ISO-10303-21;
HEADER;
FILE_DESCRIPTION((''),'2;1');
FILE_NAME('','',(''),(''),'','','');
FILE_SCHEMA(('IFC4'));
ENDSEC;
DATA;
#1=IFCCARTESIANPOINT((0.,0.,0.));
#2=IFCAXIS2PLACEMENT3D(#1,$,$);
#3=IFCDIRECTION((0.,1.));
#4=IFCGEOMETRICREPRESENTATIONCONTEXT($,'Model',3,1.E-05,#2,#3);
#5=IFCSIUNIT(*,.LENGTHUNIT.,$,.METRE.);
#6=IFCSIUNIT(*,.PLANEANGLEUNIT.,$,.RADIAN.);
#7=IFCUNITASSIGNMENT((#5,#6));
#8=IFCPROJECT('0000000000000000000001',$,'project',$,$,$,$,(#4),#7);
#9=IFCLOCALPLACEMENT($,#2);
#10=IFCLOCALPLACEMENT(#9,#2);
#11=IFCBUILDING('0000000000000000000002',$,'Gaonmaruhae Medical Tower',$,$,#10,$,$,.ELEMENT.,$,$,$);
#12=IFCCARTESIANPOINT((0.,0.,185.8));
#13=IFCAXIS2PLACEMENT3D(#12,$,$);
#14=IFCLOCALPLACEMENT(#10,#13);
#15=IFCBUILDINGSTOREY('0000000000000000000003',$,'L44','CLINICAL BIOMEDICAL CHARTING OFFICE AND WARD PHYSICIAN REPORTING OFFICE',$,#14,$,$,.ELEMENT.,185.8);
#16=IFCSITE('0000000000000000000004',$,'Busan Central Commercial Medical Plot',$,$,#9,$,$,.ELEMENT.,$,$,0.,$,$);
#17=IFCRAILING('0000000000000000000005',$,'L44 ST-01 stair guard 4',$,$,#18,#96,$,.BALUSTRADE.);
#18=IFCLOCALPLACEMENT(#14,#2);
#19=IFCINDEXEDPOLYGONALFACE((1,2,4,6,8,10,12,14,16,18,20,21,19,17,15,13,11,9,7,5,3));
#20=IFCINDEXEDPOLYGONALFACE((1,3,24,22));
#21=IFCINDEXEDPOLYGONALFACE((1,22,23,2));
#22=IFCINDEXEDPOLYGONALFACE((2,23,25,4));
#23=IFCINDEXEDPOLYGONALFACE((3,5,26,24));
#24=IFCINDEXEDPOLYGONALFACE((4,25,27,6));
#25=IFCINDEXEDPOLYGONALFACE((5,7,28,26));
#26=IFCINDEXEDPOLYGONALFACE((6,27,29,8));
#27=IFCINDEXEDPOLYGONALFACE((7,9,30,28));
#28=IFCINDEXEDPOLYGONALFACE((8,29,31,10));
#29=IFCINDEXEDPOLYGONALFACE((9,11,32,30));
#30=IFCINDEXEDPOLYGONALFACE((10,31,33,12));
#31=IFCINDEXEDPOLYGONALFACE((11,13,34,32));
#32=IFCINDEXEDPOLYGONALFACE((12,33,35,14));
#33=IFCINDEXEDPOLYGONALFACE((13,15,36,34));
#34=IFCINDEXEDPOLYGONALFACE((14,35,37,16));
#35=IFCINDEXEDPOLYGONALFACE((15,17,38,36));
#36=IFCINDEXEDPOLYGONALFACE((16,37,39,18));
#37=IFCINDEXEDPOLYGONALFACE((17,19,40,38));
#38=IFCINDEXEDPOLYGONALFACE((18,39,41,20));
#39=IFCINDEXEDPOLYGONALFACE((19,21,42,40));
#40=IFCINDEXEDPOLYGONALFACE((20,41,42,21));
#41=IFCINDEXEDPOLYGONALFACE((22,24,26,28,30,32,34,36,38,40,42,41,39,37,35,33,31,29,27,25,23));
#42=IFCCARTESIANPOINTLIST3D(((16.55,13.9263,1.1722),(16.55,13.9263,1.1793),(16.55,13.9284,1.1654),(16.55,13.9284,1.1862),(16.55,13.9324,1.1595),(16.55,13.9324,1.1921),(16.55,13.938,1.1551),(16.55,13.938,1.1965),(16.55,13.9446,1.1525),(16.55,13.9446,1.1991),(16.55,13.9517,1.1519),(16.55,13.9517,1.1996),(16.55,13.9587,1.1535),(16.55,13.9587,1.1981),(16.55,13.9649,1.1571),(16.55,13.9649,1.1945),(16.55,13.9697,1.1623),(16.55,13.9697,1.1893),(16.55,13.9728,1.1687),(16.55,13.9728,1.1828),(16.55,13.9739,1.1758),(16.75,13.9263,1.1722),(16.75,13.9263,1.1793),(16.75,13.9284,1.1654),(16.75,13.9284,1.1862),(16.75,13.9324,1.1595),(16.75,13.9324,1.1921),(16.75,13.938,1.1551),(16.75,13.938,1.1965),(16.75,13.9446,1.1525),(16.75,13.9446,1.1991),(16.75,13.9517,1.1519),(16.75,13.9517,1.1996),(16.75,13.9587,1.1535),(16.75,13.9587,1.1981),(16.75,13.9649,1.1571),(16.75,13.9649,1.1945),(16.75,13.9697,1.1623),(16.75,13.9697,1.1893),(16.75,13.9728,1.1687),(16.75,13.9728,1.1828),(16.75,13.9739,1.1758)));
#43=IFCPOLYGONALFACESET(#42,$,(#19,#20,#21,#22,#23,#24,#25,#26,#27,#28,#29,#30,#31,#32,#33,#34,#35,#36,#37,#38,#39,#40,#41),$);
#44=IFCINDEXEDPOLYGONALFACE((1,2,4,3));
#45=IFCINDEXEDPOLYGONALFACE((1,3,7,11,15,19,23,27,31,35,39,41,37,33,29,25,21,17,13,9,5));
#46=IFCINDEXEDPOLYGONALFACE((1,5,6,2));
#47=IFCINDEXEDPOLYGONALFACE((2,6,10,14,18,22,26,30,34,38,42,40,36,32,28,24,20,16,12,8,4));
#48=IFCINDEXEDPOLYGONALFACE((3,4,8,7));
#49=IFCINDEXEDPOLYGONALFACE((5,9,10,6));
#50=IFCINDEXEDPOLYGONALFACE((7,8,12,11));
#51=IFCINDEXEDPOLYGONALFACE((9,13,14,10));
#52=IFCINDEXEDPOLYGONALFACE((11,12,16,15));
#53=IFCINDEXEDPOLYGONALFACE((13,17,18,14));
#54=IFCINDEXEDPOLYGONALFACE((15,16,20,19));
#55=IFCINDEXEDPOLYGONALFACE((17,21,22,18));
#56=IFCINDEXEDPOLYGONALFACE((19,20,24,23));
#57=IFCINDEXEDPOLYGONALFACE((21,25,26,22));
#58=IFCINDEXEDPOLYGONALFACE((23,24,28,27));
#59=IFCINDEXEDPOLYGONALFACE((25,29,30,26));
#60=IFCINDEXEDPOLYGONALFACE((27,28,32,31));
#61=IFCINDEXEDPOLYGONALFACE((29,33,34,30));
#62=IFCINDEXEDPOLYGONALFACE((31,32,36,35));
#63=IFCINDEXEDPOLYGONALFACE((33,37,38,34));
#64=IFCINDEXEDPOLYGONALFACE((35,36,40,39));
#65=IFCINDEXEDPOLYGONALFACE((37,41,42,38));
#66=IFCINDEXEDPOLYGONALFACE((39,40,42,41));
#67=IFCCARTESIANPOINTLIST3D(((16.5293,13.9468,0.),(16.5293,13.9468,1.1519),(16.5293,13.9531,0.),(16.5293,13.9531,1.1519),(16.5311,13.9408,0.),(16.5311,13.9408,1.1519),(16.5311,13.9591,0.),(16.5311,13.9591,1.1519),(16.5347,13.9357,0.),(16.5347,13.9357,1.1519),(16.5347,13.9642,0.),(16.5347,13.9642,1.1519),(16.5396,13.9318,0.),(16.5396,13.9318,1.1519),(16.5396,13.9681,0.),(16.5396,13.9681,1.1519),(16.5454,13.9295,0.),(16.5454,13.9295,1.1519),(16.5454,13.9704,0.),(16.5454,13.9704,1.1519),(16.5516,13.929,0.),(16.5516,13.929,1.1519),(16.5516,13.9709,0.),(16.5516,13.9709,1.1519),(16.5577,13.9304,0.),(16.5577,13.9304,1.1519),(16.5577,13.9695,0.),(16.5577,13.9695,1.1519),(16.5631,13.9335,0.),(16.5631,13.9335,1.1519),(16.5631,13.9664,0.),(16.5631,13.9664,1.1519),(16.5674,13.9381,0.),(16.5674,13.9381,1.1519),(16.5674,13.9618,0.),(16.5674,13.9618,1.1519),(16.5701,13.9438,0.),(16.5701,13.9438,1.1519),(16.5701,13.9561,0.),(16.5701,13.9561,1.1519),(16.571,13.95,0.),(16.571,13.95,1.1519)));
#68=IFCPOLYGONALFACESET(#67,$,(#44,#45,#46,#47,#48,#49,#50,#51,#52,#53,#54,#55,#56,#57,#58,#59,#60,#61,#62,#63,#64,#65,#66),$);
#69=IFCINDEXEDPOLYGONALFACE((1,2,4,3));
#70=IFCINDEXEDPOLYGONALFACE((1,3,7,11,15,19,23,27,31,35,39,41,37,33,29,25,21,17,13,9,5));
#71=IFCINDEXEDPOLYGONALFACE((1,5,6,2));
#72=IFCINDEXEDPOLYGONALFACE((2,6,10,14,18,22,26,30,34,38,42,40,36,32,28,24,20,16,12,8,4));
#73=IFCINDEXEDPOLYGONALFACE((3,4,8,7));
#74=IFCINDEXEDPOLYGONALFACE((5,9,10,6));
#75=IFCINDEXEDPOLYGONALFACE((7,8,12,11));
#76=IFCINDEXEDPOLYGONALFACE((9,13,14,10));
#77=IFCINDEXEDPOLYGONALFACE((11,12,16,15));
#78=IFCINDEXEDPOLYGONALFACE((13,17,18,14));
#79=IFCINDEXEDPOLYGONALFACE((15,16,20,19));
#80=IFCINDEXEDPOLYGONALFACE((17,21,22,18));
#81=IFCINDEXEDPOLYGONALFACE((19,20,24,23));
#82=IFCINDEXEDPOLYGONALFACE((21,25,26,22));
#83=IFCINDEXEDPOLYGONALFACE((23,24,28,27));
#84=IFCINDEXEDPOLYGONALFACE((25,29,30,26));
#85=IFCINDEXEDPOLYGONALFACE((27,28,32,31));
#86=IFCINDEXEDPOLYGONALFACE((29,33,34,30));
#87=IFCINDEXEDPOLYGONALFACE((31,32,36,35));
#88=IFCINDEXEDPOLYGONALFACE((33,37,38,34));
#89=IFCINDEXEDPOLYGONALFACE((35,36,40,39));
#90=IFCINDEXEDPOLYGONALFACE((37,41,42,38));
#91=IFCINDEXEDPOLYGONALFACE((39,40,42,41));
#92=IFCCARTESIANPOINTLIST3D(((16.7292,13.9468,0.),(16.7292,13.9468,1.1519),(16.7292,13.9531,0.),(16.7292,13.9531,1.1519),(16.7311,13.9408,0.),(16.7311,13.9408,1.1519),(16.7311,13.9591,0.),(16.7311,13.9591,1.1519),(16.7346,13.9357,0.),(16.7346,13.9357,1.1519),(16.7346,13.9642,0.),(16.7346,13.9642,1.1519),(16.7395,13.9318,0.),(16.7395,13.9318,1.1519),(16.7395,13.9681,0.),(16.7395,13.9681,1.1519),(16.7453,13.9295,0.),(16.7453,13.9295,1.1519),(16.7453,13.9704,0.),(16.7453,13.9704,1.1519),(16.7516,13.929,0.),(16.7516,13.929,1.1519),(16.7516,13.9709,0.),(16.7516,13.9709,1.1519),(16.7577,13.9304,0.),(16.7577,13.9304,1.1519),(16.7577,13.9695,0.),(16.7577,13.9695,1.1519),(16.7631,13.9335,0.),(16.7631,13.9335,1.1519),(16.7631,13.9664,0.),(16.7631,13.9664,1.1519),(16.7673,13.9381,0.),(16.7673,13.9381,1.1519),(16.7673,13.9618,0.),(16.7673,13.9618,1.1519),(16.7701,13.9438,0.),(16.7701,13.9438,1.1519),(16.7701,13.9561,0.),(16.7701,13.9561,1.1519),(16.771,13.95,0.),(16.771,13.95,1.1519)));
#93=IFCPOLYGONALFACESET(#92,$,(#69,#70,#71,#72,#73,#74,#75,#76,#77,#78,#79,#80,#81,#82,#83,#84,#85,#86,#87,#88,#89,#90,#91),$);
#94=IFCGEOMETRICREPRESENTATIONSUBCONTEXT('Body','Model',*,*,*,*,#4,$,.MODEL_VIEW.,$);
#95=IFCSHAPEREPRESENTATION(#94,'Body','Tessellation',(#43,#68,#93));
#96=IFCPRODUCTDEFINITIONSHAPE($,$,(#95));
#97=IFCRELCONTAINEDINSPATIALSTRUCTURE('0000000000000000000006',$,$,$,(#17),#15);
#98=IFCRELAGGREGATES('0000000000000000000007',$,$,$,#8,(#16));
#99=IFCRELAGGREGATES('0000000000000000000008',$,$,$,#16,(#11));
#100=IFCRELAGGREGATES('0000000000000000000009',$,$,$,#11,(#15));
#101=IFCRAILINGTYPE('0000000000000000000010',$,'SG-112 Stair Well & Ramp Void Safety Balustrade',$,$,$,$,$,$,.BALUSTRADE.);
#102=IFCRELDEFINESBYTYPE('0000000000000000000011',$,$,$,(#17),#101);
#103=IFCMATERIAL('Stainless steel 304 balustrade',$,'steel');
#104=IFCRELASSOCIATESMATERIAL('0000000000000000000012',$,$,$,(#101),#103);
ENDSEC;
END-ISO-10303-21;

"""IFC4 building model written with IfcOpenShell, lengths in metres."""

from ifc_helpers import new_model, si_unit, direction, frame, origin, origin_2d, place, context, subcontext, project, spatial, circle, extrude, material, type_object, element, save


model = new_model("IFC4")

# Units and contexts
model_context = context("Model", 3, precision=1e-05, world=origin(), true_north=direction((0.0, 1.0)))
body_context = subcontext(model_context, "Body", "Model", "MODEL_VIEW")
ifc_project = project(units=[si_unit("LENGTHUNIT", "METRE"), si_unit("PLANEANGLEUNIT", "RADIAN")], contexts=[model_context])

# Site, building, storey
site_placement = place(None, origin())
site = spatial("IfcSite", under=ifc_project, at=site_placement, Name="Busan Central Commercial Medical Plot", CompositionType="ELEMENT", RefElevation=0.0)
building_placement = place(site_placement, origin())
building = spatial("IfcBuilding", under=site, at=building_placement, Name="Gaonmaruhae Medical Tower", CompositionType="ELEMENT")
storey_placement = place(building_placement, frame((0.0, 0.0, 185.8)))
storey = spatial("IfcBuildingStorey", under=building, at=storey_placement, Name="L44", Description="CLINICAL BIOMEDICAL CHARTING OFFICE AND WARD PHYSICIAN REPORTING OFFICE", CompositionType="ELEMENT", Elevation=185.8)

# Railing
ifc_material_1 = material(Name="Stainless steel 304 balustrade", Category="steel")
railing_type_1 = type_object("IfcRailingType", Name="SG-112 Stair Well & Ramp Void Safety Balustrade", PredefinedType="BALUSTRADE", material=ifc_material_1)
railing_1_placement = place(storey_placement, frame((16.55, 13.95, 0.0)))
element("IfcRailing", 1, at=railing_1_placement, inside=storey, type_object=railing_type_1, Name="L44 ST-01 stair guard 4", PredefinedType="BALUSTRADE", context=body_context, shape_type="SweptSolid", body=[
    extrude(circle(Radius=0.0239, at=origin_2d()), frame((0.0, 0.0, 1.1758), z_axis=(1.0, 0.0, 0.0), x_axis=(0.0, 1.0, 0.0)), (0.0, 0.0, 1.0), 0.2),
    extrude(circle(Radius=0.021, at=origin_2d()), origin(), (0.0, 0.0, 1.0), 1.1519),
    extrude(circle(Radius=0.021, at=origin_2d()), frame((0.2, 0.0, 0.0)), (0.0, 0.0, 1.0), 1.1519),
])

save(model, "model.ifc")
